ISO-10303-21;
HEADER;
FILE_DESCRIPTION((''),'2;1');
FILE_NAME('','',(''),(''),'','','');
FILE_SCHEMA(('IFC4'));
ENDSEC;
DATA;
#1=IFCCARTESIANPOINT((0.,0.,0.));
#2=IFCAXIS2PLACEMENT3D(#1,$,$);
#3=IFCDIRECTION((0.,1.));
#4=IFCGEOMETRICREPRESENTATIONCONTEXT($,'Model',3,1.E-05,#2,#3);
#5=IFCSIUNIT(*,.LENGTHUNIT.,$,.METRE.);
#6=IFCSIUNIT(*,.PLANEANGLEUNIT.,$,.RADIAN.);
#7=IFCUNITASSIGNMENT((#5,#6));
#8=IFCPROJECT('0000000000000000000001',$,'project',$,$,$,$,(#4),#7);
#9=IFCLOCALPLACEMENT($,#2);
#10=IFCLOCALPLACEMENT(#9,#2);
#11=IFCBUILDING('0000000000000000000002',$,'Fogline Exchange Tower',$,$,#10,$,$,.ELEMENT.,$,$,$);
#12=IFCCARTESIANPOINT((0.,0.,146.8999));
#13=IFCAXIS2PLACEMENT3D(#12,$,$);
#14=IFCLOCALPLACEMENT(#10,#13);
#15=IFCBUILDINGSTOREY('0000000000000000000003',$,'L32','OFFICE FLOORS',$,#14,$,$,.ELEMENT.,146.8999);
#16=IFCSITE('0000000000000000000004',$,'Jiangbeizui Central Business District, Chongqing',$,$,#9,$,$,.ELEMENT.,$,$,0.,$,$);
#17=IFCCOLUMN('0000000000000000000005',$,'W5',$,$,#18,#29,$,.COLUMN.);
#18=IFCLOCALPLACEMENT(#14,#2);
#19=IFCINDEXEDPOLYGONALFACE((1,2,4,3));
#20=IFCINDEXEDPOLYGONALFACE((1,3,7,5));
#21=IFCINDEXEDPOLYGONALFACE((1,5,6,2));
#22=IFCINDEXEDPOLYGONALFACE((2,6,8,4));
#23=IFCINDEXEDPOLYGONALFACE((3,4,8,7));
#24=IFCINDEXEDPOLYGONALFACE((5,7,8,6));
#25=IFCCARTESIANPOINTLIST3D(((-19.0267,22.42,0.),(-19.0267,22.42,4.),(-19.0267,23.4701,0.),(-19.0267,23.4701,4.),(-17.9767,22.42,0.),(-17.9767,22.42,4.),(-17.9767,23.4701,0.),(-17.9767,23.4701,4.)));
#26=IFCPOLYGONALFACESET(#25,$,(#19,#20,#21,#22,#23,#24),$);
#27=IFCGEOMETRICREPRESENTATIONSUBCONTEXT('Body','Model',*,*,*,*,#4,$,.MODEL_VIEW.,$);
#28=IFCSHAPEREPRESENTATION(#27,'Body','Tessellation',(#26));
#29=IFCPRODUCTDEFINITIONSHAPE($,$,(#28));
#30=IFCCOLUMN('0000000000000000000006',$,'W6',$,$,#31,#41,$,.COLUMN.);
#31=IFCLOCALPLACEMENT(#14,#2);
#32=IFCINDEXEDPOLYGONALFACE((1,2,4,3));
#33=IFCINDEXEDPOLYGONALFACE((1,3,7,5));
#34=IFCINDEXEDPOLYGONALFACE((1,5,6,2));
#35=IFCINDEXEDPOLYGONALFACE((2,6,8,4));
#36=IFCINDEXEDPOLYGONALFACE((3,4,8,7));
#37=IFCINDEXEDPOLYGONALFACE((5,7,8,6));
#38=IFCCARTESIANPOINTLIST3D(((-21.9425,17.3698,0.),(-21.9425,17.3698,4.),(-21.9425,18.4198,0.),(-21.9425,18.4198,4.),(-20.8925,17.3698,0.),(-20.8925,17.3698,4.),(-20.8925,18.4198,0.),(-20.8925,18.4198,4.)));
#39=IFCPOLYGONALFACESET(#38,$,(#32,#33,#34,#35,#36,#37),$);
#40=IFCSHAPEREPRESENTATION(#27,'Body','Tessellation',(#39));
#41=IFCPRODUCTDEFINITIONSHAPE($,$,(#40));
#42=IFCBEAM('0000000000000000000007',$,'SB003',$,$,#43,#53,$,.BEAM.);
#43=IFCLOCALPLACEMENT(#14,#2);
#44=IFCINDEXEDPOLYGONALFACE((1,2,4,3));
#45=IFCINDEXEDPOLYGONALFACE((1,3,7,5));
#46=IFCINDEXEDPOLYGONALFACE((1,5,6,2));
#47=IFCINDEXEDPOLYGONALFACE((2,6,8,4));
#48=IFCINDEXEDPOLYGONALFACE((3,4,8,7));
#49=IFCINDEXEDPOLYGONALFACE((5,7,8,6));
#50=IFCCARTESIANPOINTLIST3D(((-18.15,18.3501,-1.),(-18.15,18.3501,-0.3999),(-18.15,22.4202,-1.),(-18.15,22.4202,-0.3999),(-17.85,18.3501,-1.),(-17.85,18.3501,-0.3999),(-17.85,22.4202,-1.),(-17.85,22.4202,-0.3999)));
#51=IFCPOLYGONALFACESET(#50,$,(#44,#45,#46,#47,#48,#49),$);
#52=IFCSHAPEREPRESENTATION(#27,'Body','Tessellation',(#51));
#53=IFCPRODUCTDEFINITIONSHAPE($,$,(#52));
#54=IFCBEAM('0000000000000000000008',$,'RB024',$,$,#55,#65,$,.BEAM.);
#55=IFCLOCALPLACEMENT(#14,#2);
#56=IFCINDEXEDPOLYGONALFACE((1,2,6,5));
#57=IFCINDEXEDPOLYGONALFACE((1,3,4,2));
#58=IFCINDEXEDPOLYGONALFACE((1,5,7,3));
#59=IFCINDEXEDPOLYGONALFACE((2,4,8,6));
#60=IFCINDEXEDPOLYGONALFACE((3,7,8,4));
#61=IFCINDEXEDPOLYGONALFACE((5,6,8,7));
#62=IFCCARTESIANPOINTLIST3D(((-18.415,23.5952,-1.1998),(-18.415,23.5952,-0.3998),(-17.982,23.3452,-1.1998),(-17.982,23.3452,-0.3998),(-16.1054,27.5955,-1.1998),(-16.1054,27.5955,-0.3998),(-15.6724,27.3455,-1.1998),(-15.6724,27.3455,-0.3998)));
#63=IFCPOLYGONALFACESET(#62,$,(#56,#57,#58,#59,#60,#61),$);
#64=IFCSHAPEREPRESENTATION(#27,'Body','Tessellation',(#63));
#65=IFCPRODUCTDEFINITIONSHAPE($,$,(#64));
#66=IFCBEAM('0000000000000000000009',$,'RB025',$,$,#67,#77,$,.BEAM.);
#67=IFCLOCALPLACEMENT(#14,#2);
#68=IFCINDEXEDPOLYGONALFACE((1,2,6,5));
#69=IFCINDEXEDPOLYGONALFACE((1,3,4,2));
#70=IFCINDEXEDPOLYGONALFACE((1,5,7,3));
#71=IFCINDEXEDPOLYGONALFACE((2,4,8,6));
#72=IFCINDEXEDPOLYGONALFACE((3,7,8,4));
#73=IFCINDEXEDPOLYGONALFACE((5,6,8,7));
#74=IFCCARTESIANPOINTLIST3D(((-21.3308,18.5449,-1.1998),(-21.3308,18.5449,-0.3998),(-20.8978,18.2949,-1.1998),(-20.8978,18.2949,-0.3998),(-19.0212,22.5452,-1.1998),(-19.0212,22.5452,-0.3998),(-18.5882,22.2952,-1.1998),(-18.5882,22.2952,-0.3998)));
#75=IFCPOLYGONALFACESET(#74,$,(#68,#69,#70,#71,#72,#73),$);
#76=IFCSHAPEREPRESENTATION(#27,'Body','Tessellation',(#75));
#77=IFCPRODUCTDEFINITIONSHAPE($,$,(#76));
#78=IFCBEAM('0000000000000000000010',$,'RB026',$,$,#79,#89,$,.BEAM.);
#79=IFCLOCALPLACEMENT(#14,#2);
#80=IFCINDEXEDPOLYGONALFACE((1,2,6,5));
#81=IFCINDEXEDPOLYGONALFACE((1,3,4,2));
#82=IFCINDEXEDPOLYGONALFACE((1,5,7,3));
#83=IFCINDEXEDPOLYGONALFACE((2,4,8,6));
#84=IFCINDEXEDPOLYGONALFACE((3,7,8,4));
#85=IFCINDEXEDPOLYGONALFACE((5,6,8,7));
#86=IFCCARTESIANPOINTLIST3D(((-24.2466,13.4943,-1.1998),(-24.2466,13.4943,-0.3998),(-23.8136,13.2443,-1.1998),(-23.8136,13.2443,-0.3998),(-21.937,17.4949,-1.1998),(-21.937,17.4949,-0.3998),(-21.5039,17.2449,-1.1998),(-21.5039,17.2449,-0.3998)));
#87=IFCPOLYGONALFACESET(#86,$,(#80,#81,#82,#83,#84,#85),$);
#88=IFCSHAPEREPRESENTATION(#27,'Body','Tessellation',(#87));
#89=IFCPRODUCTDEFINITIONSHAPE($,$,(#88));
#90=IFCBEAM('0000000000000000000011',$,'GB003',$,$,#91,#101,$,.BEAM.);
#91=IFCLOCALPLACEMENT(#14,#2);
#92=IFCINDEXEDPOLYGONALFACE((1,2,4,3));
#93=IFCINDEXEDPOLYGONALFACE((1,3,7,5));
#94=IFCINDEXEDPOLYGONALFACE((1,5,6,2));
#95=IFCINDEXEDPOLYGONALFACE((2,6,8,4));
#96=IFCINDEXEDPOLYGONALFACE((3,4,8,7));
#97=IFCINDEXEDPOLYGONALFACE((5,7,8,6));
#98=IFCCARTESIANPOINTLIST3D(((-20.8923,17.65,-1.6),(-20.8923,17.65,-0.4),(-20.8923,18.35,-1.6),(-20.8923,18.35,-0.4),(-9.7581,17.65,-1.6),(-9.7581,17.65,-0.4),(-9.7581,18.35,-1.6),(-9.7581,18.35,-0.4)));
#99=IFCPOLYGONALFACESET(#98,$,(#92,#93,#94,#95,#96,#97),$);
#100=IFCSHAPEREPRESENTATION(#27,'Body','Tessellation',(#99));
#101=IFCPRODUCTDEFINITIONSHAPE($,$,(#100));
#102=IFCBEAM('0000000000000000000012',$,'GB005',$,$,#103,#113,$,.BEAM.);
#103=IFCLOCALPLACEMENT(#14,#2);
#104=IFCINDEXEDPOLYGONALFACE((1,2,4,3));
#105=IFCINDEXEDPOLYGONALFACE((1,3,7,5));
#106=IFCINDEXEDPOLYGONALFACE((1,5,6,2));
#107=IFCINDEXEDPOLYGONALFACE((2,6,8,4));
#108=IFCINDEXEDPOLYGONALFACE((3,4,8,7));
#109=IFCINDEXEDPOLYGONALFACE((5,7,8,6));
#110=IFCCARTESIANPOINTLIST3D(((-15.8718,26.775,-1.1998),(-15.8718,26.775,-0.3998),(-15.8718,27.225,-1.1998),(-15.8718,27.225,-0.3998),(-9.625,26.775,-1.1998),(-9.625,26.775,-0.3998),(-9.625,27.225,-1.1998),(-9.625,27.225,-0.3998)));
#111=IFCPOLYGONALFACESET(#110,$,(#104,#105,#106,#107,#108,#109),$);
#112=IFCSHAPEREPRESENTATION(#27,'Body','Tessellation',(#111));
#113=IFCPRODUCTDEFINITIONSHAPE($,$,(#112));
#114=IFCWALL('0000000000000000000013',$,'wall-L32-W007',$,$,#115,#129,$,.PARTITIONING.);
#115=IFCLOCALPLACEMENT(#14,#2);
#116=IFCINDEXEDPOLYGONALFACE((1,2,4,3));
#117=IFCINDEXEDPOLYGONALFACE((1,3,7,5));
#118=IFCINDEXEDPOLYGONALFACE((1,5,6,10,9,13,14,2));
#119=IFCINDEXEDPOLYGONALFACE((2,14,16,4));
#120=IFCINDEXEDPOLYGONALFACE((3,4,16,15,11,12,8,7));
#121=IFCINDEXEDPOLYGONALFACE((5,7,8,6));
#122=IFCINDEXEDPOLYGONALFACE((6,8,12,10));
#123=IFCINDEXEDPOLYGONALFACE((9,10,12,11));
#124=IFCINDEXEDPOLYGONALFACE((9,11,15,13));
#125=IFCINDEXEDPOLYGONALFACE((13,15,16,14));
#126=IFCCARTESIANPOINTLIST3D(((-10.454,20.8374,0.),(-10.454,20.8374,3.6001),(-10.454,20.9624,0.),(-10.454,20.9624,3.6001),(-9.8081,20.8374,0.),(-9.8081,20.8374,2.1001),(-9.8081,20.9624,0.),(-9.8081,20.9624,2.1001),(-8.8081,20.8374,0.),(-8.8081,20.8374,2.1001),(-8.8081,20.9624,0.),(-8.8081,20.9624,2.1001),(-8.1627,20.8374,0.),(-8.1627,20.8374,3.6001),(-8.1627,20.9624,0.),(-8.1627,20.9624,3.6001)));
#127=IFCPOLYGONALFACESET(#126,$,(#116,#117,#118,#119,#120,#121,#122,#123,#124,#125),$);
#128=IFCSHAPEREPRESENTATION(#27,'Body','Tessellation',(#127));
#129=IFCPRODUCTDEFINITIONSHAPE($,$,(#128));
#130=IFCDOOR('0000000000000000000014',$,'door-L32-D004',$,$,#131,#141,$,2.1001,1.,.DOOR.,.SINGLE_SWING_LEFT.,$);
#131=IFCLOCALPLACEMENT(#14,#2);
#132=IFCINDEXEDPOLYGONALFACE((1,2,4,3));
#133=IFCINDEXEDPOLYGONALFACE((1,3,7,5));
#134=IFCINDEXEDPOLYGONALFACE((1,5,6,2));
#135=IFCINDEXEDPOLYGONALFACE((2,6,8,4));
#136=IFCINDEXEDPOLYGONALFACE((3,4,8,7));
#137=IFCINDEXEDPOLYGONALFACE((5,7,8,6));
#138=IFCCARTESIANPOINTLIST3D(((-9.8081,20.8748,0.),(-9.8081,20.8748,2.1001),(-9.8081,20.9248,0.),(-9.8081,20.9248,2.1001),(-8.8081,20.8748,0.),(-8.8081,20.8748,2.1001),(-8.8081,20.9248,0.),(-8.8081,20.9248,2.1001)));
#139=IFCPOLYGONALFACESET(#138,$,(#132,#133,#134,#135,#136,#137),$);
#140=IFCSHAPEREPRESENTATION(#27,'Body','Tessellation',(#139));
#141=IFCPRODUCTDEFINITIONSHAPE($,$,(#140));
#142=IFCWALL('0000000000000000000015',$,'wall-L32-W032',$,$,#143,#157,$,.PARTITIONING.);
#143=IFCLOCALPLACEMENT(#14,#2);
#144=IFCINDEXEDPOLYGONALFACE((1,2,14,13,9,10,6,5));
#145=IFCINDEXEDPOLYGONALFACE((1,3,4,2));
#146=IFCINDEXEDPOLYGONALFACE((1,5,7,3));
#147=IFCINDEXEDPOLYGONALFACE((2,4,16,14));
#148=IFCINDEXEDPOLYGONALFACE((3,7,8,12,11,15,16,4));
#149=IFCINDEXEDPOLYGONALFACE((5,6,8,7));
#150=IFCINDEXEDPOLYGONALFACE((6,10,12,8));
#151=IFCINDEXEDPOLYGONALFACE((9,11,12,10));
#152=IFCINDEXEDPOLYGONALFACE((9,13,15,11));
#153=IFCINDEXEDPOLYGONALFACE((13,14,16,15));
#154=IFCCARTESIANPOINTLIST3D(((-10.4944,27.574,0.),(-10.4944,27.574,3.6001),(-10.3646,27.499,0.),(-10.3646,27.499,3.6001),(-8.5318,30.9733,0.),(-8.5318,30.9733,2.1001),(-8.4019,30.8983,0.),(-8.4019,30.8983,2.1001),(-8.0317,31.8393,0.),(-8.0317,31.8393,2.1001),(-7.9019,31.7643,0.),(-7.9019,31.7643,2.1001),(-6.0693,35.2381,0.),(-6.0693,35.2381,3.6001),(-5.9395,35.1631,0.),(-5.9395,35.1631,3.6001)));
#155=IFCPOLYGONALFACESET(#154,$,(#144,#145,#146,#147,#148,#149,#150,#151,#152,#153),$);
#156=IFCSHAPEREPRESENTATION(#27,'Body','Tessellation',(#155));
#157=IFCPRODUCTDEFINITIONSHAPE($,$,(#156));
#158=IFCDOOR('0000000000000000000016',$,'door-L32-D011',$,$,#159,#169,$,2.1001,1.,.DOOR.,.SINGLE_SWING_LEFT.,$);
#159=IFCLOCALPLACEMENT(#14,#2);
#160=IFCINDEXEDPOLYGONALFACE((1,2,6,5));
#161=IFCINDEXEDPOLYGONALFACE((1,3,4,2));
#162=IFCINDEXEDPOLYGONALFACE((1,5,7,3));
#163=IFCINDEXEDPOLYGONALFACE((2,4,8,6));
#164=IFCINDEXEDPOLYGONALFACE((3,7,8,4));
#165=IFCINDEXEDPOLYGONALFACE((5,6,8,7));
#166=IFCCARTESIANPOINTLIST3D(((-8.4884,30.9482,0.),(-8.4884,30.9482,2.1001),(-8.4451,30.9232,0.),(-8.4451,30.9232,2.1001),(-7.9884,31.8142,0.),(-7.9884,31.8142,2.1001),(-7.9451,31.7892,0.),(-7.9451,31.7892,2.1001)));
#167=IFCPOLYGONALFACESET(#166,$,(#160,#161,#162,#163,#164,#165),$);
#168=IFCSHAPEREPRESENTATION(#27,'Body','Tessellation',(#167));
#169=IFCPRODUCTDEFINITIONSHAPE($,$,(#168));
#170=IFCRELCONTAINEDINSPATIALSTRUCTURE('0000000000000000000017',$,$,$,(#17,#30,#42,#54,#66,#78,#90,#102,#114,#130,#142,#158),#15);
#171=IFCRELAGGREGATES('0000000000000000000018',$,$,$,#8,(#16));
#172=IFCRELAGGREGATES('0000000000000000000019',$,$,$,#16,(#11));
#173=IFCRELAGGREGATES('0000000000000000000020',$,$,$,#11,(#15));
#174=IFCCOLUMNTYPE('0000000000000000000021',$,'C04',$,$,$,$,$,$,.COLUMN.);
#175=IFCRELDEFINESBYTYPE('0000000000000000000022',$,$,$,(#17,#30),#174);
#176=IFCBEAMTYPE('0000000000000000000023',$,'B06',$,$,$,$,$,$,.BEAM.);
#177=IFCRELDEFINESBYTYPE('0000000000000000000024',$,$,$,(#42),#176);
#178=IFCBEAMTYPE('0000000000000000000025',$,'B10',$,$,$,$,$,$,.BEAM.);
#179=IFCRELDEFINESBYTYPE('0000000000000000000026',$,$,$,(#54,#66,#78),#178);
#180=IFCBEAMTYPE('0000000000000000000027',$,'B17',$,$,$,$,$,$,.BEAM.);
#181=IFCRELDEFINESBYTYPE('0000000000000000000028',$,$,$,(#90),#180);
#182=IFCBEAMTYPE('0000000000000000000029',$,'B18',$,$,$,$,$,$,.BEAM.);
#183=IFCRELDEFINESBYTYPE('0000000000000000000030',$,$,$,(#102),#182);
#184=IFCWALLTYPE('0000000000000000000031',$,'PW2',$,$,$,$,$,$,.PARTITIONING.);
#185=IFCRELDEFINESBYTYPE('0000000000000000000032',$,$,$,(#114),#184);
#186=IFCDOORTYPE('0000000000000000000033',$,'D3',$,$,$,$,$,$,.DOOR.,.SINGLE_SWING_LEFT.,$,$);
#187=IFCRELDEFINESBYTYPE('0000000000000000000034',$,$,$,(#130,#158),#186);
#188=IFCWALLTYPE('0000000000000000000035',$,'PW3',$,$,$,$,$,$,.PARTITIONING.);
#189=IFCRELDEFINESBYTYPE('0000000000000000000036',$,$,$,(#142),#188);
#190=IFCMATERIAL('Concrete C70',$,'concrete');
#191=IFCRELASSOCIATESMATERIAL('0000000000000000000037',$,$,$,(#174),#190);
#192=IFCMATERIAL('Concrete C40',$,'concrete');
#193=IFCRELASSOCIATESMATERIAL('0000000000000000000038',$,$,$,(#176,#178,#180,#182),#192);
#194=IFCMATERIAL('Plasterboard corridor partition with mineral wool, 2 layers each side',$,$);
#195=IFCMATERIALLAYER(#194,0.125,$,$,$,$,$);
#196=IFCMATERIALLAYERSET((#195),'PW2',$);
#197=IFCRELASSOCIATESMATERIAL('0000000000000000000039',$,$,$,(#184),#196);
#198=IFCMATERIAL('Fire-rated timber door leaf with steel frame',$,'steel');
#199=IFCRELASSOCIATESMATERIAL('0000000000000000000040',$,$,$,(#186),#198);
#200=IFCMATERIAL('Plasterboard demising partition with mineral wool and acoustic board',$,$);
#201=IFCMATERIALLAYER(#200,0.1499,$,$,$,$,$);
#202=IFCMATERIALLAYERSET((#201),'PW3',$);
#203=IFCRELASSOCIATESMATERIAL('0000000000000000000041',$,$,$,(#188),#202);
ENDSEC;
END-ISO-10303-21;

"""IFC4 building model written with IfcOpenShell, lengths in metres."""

from ifc_helpers import new_model, si_unit, direction, frame, frame_2d, origin, origin_2d, place, context, subcontext, project, spatial, rectangle, extrude, material, layer, layer_set, material_profile, profile_set, type_object, element, fill, save


model = new_model("IFC4")

# Units and contexts
model_context = context("Model", 3, precision=1e-05, world=origin(), true_north=direction((0.0, 1.0)))
body_context = subcontext(model_context, "Body", "Model", "MODEL_VIEW")
ifc_project = project(units=[si_unit("LENGTHUNIT", "METRE"), si_unit("PLANEANGLEUNIT", "RADIAN")], contexts=[model_context])

# Site, building, storey
site_placement = place(None, origin())
site = spatial("IfcSite", under=ifc_project, at=site_placement, Name="Jiangbeizui Central Business District, Chongqing", CompositionType="ELEMENT", RefElevation=0.0)
building_placement = place(site_placement, origin())
building = spatial("IfcBuilding", under=site, at=building_placement, Name="Fogline Exchange Tower", CompositionType="ELEMENT")
storey_placement = place(building_placement, frame((0.0, 0.0, 146.8999)))
storey = spatial("IfcBuildingStorey", under=building, at=storey_placement, Name="L32", Description="OFFICE FLOORS", CompositionType="ELEMENT", Elevation=146.8999)

# Columns
ifc_material_1 = material(Name="Concrete C70", Category="concrete")
ifc_material_profile_1 = material_profile(ifc_material_1, rectangle(XDim=1.05, YDim=1.05, at=origin_2d()), Name="RC 1050x1050")
ifc_profile_set_1 = profile_set([ifc_material_profile_1], Name="Concrete C70")
column_type = type_object("IfcColumnType", Name="C04", PredefinedType="COLUMN", material=ifc_profile_set_1)
for number, where, z_axis, x_axis, name in (
    (1, (-18.5017, 22.9451, 0.0), (0.0, 0.0, 1.0), (1.0, 0.0, 0.0), "W5"),
    (2, (-21.4175, 17.8948, 0.0), (0.0, 0.0, 1.0), (1.0, 0.0, 0.0), "W6"),
):
    element("IfcColumn", number, at=place(storey_placement, frame(where, z_axis=z_axis, x_axis=x_axis)), inside=storey, type_object=column_type, Name=name, PredefinedType="COLUMN", context=body_context, shape_type="SweptSolid", body=[
        extrude(rectangle(XDim=1.05, YDim=1.05, at=origin_2d()), origin(), (0.0, 0.0, 1.0), 4.0),
    ])

# Beams
ifc_material_2 = material(Name="Concrete C40", Category="concrete")
ifc_material_profile_2 = material_profile(ifc_material_2, rectangle(XDim=0.3, YDim=0.6001, at=origin_2d()), Name="RC 300x600")
ifc_profile_set_2 = profile_set([ifc_material_profile_2], Name="Concrete C40")
beam_type_1 = type_object("IfcBeamType", Name="B06", PredefinedType="BEAM", material=ifc_profile_set_2)
beam_1_placement = place(storey_placement, frame((-18.0, 18.3501, -0.7), z_axis=(0.0, 1.0, 0.0), x_axis=(-1.0, 0.0, 0.0)))
element("IfcBeam", 3, at=beam_1_placement, inside=storey, type_object=beam_type_1, Name="SB003", PredefinedType="BEAM", context=body_context, shape_type="SweptSolid", body=[
    extrude(rectangle(XDim=0.3, YDim=0.6001, at=origin_2d()), origin(), (0.0, 0.0, 1.0), 4.0701),
])
ifc_material_profile_3 = material_profile(ifc_material_2, rectangle(XDim=0.5, YDim=0.8, at=origin_2d()), Name="RC 500x800")
ifc_profile_set_3 = profile_set([ifc_material_profile_3], Name="Concrete C40")
beam_type_2 = type_object("IfcBeamType", Name="B10", PredefinedType="BEAM", material=ifc_profile_set_3)
for number, where, z_axis, x_axis, name in (
    (4, (-15.8889, 27.4705, -0.7998), (-0.500005, -0.866023, 0.0), (0.866023, -0.500005, 0.0), "RB024"),
    (5, (-18.8047, 22.4202, -0.7998), (-0.500005, -0.866023, 0.0), (0.866023, -0.500005, 0.0), "RB025"),
):
    element("IfcBeam", number, at=place(storey_placement, frame(where, z_axis=z_axis, x_axis=x_axis)), inside=storey, type_object=beam_type_2, Name=name, PredefinedType="BEAM", context=body_context, shape_type="SweptSolid", body=[
        extrude(rectangle(XDim=0.5, YDim=0.8, at=origin_2d()), origin(), (0.0, 0.0, 1.0), 4.6191),
    ])
beam_2_placement = place(storey_placement, frame((-21.7205, 17.3699, -0.7998), z_axis=(-0.499982, -0.866036, 0.0), x_axis=(0.866036, -0.499982, 0.0)))
element("IfcBeam", 6, at=beam_2_placement, inside=storey, type_object=beam_type_2, Name="RB026", PredefinedType="BEAM", context=body_context, shape_type="SweptSolid", body=[
    extrude(rectangle(XDim=0.5, YDim=0.8, at=origin_2d()), origin(), (0.0, 0.0, 1.0), 4.6194),
])
ifc_material_profile_4 = material_profile(ifc_material_2, rectangle(XDim=0.7, YDim=1.2, at=origin_2d()), Name="RC 700x1200")
ifc_profile_set_4 = profile_set([ifc_material_profile_4], Name="Concrete C40")
beam_type_3 = type_object("IfcBeamType", Name="B17", PredefinedType="BEAM", material=ifc_profile_set_4)
beam_3_placement = place(storey_placement, frame((-20.8923, 18.0, -1.0), z_axis=(1.0, 0.0, 0.0), x_axis=(0.0, 1.0, 0.0)))
element("IfcBeam", 7, at=beam_3_placement, inside=storey, type_object=beam_type_3, Name="GB003", PredefinedType="BEAM", context=body_context, shape_type="SweptSolid", body=[
    extrude(rectangle(XDim=0.7, YDim=1.2, at=origin_2d()), origin(), (0.0, 0.0, 1.0), 11.1343),
])
ifc_material_profile_5 = material_profile(ifc_material_2, rectangle(XDim=0.45, YDim=0.8, at=origin_2d()), Name="RC 450x800")
ifc_profile_set_5 = profile_set([ifc_material_profile_5], Name="Concrete C40")
beam_type_4 = type_object("IfcBeamType", Name="B18", PredefinedType="BEAM", material=ifc_profile_set_5)
beam_4_placement = place(storey_placement, frame((-15.8718, 27.0, -0.7998), z_axis=(1.0, 0.0, 0.0), x_axis=(0.0, 1.0, 0.0)))
element("IfcBeam", 8, at=beam_4_placement, inside=storey, type_object=beam_type_4, Name="GB005", PredefinedType="BEAM", context=body_context, shape_type="SweptSolid", body=[
    extrude(rectangle(XDim=0.45, YDim=0.8, at=origin_2d()), origin(), (0.0, 0.0, 1.0), 6.2468),
])

# Walls, openings, doors
ifc_material_3 = material(Name="Plasterboard corridor partition with mineral wool, 2 layers each side")
ifc_layer_1 = layer(ifc_material_3, 0.125)
ifc_layer_set_1 = layer_set([ifc_layer_1], Name="PW2")
wall_type_1 = type_object("IfcWallType", Name="PW2", PredefinedType="PARTITIONING", material=ifc_layer_set_1)
wall_1_placement = place(storey_placement, frame((-10.4539, 20.8999, 0.0), z_axis=(0.0, 0.0, 1.0), x_axis=(1.0, 0.0, 0.0)))
wall_1 = element("IfcWall", 9, at=wall_1_placement, inside=storey, type_object=wall_type_1, Name="wall-L32-W007", PredefinedType="PARTITIONING", context=body_context, shape_type="SweptSolid", body=[
    extrude(rectangle(XDim=2.2913, YDim=0.125, at=frame_2d((1.1455, 0.0))), origin(), (0.0, 0.0, 1.0), 3.6001),
])
opening_1_placement = place(wall_1_placement, frame((0.6458, 0.0, 0.0)))
opening_1 = element("IfcOpeningElement", 10, at=opening_1_placement, cuts=wall_1, PredefinedType="OPENING", context=body_context, shape_type="SweptSolid", body=[
    extrude(rectangle(XDim=1.0, YDim=2.1001, at=frame_2d((0.5, 1.05))), frame((0.0, 0.0725, 0.0), z_axis=(0.0, -1.0, 0.0), x_axis=(1.0, 0.0, 0.0)), (0.0, 0.0, 1.0), 0.145),
])
ifc_material_4 = material(Name="Fire-rated timber door leaf with steel frame", Category="steel")
door_type = type_object("IfcDoorType", Name="D3", OperationType="SINGLE_SWING_LEFT", PredefinedType="DOOR", material=ifc_material_4)
door_1_placement = place(opening_1_placement, origin())
door_1 = element("IfcDoor", 11, at=door_1_placement, inside=storey, type_object=door_type, Name="door-L32-D004", OperationType="SINGLE_SWING_LEFT", OverallHeight=2.1001, OverallWidth=1.0, PredefinedType="DOOR", context=body_context, shape_type="SweptSolid", body=[
    extrude(rectangle(XDim=1.0, YDim=2.1001, at=frame_2d((0.5, 1.05))), frame((0.0, 0.0249, 0.0), z_axis=(0.0, -1.0, 0.0), x_axis=(1.0, 0.0, 0.0)), (0.0, 0.0, 1.0), 0.05),
])
fill(opening_1, door_1)
ifc_material_5 = material(Name="Plasterboard demising partition with mineral wool and acoustic board")
ifc_layer_2 = layer(ifc_material_5, 0.1499)
ifc_layer_set_2 = layer_set([ifc_layer_2], Name="PW3")
wall_type_2 = type_object("IfcWallType", Name="PW3", PredefinedType="PARTITIONING", material=ifc_layer_set_2)
wall_2_placement = place(storey_placement, frame((-10.4294, 27.5366, 0.0), z_axis=(0.0, 0.0, 1.0), x_axis=(0.500017, 0.866016, 0.0)))
wall_2 = element("IfcWall", 12, at=wall_2_placement, inside=storey, type_object=wall_type_2, Name="wall-L32-W032", PredefinedType="PARTITIONING", context=body_context, shape_type="SweptSolid", body=[
    extrude(rectangle(XDim=8.8499, YDim=0.1499, at=frame_2d((4.4248, 0.0))), origin(), (0.0, 0.0, 1.0), 3.6001),
])
opening_2_placement = place(wall_2_placement, frame((3.925, 0.0, 0.0)))
opening_2 = element("IfcOpeningElement", 13, at=opening_2_placement, cuts=wall_2, PredefinedType="OPENING", context=body_context, shape_type="SweptSolid", body=[
    extrude(rectangle(XDim=1.0, YDim=2.1001, at=frame_2d((0.5, 1.05))), frame((0.0, 0.085, 0.0), z_axis=(0.0, -1.0, 0.0), x_axis=(1.0, 0.0, 0.0)), (0.0, 0.0, 1.0), 0.1699),
])
door_2_placement = place(opening_2_placement, origin())
door_2 = element("IfcDoor", 14, at=door_2_placement, inside=storey, type_object=door_type, Name="door-L32-D011", OperationType="SINGLE_SWING_LEFT", OverallHeight=2.1001, OverallWidth=1.0, PredefinedType="DOOR", context=body_context, shape_type="SweptSolid", body=[
    extrude(rectangle(XDim=1.0, YDim=2.1001, at=frame_2d((0.5, 1.05))), frame((0.0, 0.0249, 0.0), z_axis=(0.0, -1.0, 0.0), x_axis=(1.0, 0.0, 0.0)), (0.0, 0.0, 1.0), 0.05),
])
fill(opening_2, door_2)

save(model, "model.ifc")
